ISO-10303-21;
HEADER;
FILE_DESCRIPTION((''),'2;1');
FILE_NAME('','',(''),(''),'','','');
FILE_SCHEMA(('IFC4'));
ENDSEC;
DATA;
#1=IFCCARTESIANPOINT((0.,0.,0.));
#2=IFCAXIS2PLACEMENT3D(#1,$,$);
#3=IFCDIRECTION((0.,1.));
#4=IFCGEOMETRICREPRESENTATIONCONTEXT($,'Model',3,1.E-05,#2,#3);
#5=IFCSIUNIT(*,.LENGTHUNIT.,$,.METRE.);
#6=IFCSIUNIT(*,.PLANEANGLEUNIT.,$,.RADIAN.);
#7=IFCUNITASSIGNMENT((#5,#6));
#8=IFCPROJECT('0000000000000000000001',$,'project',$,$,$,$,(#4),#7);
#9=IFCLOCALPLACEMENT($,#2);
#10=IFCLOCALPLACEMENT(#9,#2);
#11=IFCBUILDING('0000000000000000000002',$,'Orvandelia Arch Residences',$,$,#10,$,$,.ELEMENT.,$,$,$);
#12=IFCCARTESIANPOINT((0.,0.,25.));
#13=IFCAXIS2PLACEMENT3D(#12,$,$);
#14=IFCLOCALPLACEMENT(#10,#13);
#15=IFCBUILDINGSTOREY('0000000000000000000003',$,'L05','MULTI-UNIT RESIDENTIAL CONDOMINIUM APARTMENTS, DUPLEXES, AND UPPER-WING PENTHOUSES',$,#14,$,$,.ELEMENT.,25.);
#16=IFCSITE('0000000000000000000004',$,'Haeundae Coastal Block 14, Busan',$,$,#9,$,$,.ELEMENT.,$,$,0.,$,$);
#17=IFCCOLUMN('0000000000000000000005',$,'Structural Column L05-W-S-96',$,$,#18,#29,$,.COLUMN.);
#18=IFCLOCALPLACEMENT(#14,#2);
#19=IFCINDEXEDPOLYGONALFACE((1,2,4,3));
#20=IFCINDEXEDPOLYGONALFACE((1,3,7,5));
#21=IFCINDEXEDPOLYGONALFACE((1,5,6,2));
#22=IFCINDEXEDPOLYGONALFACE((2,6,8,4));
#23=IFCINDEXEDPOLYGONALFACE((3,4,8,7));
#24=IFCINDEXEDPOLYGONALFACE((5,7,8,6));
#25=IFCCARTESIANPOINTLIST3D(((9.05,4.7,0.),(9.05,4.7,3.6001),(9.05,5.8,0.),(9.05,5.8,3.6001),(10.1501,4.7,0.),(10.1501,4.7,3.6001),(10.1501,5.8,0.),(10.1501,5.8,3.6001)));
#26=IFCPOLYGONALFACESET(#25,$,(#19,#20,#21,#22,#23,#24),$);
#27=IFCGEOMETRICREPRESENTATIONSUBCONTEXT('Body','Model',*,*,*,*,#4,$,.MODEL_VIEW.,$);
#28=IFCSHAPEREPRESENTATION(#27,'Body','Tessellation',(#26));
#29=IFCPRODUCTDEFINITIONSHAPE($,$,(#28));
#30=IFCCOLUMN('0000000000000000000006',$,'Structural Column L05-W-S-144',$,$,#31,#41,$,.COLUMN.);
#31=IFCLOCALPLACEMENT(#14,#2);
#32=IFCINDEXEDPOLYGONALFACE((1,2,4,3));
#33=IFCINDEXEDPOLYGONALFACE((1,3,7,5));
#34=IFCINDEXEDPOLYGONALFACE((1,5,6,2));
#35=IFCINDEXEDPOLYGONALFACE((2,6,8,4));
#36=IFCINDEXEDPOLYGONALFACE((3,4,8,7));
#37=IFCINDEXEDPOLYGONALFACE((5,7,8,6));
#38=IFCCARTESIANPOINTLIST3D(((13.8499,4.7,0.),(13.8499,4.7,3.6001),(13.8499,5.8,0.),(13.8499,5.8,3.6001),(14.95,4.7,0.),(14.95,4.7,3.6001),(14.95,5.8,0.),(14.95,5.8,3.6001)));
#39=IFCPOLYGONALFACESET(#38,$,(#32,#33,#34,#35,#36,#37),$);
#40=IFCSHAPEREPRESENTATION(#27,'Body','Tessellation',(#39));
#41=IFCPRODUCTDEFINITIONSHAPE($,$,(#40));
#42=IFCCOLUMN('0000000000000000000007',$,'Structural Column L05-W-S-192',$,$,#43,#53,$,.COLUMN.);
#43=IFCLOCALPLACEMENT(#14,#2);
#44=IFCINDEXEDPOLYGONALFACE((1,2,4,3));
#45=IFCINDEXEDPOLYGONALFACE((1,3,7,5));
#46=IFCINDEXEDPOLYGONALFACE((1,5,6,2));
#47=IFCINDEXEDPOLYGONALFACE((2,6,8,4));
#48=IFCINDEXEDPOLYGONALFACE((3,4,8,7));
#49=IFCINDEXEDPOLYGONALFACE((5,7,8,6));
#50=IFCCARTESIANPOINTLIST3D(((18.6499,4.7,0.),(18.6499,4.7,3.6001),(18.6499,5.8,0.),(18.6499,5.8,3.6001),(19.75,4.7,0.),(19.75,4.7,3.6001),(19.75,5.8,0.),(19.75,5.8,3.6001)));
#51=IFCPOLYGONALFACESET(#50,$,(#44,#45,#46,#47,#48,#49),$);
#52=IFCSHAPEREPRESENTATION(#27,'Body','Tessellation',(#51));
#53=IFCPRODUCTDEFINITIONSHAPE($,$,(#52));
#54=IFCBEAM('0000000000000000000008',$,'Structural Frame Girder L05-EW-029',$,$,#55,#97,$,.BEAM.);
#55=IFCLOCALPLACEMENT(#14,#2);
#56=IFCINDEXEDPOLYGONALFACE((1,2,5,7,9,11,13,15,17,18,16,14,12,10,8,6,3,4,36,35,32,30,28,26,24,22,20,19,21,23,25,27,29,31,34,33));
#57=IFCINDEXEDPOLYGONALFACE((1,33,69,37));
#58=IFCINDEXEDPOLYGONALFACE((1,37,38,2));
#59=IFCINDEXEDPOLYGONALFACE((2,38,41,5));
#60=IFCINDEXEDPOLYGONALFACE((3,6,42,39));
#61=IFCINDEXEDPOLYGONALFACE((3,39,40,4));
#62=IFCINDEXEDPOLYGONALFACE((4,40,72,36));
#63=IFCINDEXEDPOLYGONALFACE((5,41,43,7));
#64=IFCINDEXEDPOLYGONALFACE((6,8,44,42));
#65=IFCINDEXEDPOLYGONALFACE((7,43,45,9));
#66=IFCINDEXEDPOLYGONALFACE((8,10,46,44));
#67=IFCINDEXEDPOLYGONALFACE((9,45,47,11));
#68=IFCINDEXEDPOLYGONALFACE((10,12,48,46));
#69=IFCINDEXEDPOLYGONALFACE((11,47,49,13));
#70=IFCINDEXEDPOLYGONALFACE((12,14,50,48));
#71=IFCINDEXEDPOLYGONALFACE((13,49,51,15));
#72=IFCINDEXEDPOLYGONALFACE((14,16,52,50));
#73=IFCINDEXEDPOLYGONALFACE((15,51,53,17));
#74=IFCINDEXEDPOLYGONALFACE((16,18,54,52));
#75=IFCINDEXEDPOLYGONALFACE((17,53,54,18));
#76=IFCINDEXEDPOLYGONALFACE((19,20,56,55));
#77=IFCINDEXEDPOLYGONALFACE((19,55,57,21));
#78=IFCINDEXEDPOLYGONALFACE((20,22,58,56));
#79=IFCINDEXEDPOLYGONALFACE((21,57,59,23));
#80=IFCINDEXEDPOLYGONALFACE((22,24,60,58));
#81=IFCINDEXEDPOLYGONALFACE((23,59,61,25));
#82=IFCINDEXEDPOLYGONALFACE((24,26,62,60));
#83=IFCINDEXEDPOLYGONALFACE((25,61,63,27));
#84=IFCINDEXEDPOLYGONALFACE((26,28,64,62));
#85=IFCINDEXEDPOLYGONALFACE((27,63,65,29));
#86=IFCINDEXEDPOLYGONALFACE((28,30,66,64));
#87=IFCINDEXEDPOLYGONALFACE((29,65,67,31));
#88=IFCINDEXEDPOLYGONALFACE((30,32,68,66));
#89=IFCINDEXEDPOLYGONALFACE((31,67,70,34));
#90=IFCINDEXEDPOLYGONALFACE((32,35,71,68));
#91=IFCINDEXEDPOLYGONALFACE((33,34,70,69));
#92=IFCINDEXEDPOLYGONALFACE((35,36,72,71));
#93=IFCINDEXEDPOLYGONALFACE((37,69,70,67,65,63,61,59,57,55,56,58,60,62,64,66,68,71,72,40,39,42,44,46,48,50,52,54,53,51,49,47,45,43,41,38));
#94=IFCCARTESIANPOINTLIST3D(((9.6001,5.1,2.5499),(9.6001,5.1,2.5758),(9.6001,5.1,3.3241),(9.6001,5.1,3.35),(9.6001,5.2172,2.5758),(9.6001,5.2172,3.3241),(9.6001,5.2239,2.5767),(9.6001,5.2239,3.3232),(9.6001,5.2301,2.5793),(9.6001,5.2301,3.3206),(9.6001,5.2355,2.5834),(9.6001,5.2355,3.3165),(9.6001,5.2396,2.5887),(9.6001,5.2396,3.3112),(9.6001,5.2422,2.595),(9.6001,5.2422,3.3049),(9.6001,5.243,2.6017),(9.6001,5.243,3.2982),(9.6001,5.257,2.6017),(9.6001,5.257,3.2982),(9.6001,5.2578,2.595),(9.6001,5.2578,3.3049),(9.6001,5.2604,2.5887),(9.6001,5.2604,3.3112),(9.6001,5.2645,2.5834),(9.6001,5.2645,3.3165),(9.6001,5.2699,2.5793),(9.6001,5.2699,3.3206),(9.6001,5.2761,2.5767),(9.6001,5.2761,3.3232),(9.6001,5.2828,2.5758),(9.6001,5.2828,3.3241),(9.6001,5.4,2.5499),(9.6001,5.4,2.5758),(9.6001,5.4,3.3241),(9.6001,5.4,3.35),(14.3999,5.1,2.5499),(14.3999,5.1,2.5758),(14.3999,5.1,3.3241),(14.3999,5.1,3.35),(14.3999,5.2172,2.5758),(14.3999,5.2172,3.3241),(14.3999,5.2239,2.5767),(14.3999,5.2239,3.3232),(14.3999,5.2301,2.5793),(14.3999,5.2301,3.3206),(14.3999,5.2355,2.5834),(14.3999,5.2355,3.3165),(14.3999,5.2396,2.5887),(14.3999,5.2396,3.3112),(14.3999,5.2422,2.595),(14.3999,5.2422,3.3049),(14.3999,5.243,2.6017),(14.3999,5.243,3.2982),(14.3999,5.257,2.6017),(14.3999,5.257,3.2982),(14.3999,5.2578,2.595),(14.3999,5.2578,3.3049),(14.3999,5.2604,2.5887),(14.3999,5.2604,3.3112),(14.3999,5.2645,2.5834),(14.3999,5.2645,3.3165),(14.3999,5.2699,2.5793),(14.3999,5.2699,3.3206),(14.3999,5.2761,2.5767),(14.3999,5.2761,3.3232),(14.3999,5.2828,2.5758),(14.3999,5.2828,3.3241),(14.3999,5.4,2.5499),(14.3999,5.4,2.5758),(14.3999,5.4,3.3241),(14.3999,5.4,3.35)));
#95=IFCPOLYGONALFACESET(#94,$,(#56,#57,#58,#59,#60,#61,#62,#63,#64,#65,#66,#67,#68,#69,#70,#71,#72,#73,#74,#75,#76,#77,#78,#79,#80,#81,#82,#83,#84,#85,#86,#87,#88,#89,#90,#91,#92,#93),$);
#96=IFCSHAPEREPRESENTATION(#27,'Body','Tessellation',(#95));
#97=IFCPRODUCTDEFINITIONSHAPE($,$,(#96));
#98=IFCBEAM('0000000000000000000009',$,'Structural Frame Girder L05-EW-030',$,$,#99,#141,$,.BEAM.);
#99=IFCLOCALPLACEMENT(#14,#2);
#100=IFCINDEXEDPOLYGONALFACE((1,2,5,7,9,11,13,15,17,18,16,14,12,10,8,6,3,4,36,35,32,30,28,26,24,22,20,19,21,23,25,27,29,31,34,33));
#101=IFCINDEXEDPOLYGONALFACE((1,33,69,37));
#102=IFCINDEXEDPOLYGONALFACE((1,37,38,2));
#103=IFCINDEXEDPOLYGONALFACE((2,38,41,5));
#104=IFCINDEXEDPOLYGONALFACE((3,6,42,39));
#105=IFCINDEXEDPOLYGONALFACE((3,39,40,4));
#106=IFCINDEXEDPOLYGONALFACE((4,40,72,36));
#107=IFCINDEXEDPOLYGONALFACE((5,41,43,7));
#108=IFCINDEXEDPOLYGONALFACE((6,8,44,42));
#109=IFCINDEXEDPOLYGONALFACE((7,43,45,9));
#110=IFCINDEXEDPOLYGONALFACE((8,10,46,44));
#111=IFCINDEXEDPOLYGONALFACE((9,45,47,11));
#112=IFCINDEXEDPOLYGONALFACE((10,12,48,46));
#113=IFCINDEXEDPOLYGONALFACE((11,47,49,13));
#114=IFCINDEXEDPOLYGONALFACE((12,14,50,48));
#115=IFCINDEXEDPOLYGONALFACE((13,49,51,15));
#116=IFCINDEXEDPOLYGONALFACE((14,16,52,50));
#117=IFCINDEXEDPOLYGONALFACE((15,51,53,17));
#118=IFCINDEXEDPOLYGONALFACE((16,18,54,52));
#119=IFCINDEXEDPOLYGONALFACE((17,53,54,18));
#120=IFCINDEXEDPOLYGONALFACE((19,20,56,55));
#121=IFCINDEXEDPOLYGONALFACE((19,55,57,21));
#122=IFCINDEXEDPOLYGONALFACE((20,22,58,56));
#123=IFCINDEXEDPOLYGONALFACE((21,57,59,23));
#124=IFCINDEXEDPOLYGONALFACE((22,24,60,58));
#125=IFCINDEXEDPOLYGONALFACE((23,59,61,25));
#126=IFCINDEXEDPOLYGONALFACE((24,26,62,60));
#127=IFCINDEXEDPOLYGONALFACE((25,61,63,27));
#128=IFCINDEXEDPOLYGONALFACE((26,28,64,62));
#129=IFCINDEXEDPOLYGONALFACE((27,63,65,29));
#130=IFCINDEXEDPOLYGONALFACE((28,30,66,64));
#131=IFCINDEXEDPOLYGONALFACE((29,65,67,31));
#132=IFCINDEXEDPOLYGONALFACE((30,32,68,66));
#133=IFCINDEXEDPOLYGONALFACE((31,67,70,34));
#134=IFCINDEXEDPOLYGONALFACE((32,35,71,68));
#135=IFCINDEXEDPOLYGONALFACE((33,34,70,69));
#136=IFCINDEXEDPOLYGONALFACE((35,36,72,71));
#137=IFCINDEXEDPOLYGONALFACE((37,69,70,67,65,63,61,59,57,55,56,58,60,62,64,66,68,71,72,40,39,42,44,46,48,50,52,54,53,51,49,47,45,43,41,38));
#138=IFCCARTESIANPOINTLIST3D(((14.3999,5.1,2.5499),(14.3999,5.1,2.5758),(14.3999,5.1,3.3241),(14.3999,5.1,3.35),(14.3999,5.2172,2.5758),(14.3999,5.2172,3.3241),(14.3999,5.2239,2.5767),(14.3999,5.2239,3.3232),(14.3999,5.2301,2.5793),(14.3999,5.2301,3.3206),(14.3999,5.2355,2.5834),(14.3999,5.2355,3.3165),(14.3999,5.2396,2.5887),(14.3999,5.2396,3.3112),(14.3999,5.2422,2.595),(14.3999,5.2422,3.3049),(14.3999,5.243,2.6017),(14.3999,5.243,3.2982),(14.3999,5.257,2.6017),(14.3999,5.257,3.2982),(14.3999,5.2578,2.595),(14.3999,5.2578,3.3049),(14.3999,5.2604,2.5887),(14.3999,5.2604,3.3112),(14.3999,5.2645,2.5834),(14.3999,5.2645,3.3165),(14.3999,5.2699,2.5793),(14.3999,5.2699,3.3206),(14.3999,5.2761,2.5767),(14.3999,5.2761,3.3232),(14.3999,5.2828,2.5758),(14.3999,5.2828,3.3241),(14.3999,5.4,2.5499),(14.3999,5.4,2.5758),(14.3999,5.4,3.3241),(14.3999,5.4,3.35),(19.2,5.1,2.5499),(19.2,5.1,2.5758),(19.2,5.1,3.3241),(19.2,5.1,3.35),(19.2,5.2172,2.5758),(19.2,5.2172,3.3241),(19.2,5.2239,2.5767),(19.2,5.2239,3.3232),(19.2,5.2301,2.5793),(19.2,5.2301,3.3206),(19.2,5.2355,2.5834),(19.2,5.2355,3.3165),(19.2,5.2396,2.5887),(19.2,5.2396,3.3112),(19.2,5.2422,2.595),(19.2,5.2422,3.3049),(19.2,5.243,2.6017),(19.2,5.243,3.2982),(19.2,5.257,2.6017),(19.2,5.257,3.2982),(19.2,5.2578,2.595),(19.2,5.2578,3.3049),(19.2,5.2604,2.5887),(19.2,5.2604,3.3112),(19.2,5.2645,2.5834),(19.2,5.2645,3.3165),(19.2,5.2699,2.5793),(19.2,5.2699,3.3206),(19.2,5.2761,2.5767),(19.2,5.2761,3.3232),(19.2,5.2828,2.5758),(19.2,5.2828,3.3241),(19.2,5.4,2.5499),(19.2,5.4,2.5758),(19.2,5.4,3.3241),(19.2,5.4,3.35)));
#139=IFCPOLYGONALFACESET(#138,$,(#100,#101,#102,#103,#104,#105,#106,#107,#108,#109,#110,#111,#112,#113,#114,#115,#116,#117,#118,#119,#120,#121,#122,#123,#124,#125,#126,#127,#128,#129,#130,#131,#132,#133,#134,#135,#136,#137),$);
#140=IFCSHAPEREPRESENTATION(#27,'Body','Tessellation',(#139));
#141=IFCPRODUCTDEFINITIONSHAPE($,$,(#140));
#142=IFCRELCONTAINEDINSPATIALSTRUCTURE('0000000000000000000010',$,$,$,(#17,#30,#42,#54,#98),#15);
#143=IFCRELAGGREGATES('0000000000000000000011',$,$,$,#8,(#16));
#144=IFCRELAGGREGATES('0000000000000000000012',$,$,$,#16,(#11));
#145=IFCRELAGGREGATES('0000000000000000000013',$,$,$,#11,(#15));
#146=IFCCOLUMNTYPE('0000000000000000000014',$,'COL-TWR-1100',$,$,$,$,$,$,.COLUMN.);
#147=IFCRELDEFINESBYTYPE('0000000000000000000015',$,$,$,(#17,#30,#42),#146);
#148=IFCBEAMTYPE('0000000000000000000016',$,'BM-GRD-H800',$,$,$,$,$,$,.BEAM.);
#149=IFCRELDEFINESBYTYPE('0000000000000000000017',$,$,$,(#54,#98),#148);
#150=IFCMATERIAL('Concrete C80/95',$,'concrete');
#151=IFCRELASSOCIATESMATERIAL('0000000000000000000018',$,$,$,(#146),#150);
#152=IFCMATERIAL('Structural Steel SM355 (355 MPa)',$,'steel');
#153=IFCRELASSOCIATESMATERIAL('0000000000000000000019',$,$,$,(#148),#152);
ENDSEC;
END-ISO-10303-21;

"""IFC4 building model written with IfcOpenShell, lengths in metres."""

from ifc_helpers import new_model, si_unit, direction, frame, origin, origin_2d, place, context, subcontext, project, spatial, rectangle, i_section, extrude, material, material_profile, profile_set, type_object, element, save


model = new_model("IFC4")

# Units and contexts
model_context = context("Model", 3, precision=1e-05, world=origin(), true_north=direction((0.0, 1.0)))
body_context = subcontext(model_context, "Body", "Model", "MODEL_VIEW")
ifc_project = project(units=[si_unit("LENGTHUNIT", "METRE"), si_unit("PLANEANGLEUNIT", "RADIAN")], contexts=[model_context])

# Site, building, storey
site_placement = place(None, origin())
site = spatial("IfcSite", under=ifc_project, at=site_placement, Name="Haeundae Coastal Block 14, Busan", CompositionType="ELEMENT", RefElevation=0.0)
building_placement = place(site_placement, origin())
building = spatial("IfcBuilding", under=site, at=building_placement, Name="Orvandelia Arch Residences", CompositionType="ELEMENT")
storey_placement = place(building_placement, frame((0.0, 0.0, 25.0)))
storey = spatial("IfcBuildingStorey", under=building, at=storey_placement, Name="L05", Description="MULTI-UNIT RESIDENTIAL CONDOMINIUM APARTMENTS, DUPLEXES, AND UPPER-WING PENTHOUSES", CompositionType="ELEMENT", Elevation=25.0)

# Columns
ifc_material_1 = material(Name="Concrete C80/95", Category="concrete")
ifc_material_profile_1 = material_profile(ifc_material_1, rectangle(XDim=1.1001, YDim=1.1001, at=origin_2d()), Name="Concrete C80/95", Category="concrete")
ifc_profile_set_1 = profile_set([ifc_material_profile_1], Name="Concrete C80/95")
column_type = type_object("IfcColumnType", Name="COL-TWR-1100", PredefinedType="COLUMN", material=ifc_profile_set_1)
for number, where, z_axis, x_axis, name in (
    (1, (9.6001, 5.25, 0.0), (0.0, 0.0, 1.0), (1.0, 0.0, 0.0), "Structural Column L05-W-S-96"),
    (2, (14.3999, 5.25, 0.0), (0.0, 0.0, 1.0), (1.0, 0.0, 0.0), "Structural Column L05-W-S-144"),
    (3, (19.2, 5.25, 0.0), (0.0, 0.0, 1.0), (1.0, 0.0, 0.0), "Structural Column L05-W-S-192"),
):
    element("IfcColumn", number, at=place(storey_placement, frame(where, z_axis=z_axis, x_axis=x_axis)), inside=storey, type_object=column_type, Name=name, PredefinedType="COLUMN", context=body_context, shape_type="SweptSolid", body=[
        extrude(rectangle(XDim=1.1001, YDim=1.1001, at=origin_2d()), origin(), (0.0, 0.0, 1.0), 3.6001),
    ])

# Beams
ifc_material_2 = material(Name="Structural Steel SM355 (355 MPa)", Category="steel")
ifc_material_profile_2 = material_profile(ifc_material_2, i_section(OverallWidth=0.3, OverallDepth=0.8, WebThickness=0.0139, FlangeThickness=0.0259, FilletRadius=0.0259, at=origin_2d()), Name="Structural Steel SM355 (355 MPa)", Category="steel")
ifc_profile_set_2 = profile_set([ifc_material_profile_2], Name="Structural Steel SM355 (355 MPa)")
beam_type = type_object("IfcBeamType", Name="BM-GRD-H800", PredefinedType="BEAM", material=ifc_profile_set_2)
beam_1_placement = place(storey_placement, frame((9.6001, 5.25, 2.95), z_axis=(1.0, 0.0, 0.0), x_axis=(0.0, 1.0, 0.0)))
element("IfcBeam", 4, at=beam_1_placement, inside=storey, type_object=beam_type, Name="Structural Frame Girder L05-EW-029", PredefinedType="BEAM", context=body_context, shape_type="SweptSolid", body=[
    extrude(i_section(OverallWidth=0.3, OverallDepth=0.8, WebThickness=0.0139, FlangeThickness=0.0259, FilletRadius=0.0259, at=origin_2d()), origin(), (0.0, 0.0, 1.0), 4.7998),
])
beam_2_placement = place(storey_placement, frame((14.3999, 5.25, 2.95), z_axis=(1.0, 0.0, 0.0), x_axis=(0.0, 1.0, 0.0)))
element("IfcBeam", 5, at=beam_2_placement, inside=storey, type_object=beam_type, Name="Structural Frame Girder L05-EW-030", PredefinedType="BEAM", context=body_context, shape_type="SweptSolid", body=[
    extrude(i_section(OverallWidth=0.3, OverallDepth=0.8, WebThickness=0.0139, FlangeThickness=0.0259, FilletRadius=0.0259, at=origin_2d()), origin(), (0.0, 0.0, 1.0), 4.8),
])

save(model, "model.ifc")
